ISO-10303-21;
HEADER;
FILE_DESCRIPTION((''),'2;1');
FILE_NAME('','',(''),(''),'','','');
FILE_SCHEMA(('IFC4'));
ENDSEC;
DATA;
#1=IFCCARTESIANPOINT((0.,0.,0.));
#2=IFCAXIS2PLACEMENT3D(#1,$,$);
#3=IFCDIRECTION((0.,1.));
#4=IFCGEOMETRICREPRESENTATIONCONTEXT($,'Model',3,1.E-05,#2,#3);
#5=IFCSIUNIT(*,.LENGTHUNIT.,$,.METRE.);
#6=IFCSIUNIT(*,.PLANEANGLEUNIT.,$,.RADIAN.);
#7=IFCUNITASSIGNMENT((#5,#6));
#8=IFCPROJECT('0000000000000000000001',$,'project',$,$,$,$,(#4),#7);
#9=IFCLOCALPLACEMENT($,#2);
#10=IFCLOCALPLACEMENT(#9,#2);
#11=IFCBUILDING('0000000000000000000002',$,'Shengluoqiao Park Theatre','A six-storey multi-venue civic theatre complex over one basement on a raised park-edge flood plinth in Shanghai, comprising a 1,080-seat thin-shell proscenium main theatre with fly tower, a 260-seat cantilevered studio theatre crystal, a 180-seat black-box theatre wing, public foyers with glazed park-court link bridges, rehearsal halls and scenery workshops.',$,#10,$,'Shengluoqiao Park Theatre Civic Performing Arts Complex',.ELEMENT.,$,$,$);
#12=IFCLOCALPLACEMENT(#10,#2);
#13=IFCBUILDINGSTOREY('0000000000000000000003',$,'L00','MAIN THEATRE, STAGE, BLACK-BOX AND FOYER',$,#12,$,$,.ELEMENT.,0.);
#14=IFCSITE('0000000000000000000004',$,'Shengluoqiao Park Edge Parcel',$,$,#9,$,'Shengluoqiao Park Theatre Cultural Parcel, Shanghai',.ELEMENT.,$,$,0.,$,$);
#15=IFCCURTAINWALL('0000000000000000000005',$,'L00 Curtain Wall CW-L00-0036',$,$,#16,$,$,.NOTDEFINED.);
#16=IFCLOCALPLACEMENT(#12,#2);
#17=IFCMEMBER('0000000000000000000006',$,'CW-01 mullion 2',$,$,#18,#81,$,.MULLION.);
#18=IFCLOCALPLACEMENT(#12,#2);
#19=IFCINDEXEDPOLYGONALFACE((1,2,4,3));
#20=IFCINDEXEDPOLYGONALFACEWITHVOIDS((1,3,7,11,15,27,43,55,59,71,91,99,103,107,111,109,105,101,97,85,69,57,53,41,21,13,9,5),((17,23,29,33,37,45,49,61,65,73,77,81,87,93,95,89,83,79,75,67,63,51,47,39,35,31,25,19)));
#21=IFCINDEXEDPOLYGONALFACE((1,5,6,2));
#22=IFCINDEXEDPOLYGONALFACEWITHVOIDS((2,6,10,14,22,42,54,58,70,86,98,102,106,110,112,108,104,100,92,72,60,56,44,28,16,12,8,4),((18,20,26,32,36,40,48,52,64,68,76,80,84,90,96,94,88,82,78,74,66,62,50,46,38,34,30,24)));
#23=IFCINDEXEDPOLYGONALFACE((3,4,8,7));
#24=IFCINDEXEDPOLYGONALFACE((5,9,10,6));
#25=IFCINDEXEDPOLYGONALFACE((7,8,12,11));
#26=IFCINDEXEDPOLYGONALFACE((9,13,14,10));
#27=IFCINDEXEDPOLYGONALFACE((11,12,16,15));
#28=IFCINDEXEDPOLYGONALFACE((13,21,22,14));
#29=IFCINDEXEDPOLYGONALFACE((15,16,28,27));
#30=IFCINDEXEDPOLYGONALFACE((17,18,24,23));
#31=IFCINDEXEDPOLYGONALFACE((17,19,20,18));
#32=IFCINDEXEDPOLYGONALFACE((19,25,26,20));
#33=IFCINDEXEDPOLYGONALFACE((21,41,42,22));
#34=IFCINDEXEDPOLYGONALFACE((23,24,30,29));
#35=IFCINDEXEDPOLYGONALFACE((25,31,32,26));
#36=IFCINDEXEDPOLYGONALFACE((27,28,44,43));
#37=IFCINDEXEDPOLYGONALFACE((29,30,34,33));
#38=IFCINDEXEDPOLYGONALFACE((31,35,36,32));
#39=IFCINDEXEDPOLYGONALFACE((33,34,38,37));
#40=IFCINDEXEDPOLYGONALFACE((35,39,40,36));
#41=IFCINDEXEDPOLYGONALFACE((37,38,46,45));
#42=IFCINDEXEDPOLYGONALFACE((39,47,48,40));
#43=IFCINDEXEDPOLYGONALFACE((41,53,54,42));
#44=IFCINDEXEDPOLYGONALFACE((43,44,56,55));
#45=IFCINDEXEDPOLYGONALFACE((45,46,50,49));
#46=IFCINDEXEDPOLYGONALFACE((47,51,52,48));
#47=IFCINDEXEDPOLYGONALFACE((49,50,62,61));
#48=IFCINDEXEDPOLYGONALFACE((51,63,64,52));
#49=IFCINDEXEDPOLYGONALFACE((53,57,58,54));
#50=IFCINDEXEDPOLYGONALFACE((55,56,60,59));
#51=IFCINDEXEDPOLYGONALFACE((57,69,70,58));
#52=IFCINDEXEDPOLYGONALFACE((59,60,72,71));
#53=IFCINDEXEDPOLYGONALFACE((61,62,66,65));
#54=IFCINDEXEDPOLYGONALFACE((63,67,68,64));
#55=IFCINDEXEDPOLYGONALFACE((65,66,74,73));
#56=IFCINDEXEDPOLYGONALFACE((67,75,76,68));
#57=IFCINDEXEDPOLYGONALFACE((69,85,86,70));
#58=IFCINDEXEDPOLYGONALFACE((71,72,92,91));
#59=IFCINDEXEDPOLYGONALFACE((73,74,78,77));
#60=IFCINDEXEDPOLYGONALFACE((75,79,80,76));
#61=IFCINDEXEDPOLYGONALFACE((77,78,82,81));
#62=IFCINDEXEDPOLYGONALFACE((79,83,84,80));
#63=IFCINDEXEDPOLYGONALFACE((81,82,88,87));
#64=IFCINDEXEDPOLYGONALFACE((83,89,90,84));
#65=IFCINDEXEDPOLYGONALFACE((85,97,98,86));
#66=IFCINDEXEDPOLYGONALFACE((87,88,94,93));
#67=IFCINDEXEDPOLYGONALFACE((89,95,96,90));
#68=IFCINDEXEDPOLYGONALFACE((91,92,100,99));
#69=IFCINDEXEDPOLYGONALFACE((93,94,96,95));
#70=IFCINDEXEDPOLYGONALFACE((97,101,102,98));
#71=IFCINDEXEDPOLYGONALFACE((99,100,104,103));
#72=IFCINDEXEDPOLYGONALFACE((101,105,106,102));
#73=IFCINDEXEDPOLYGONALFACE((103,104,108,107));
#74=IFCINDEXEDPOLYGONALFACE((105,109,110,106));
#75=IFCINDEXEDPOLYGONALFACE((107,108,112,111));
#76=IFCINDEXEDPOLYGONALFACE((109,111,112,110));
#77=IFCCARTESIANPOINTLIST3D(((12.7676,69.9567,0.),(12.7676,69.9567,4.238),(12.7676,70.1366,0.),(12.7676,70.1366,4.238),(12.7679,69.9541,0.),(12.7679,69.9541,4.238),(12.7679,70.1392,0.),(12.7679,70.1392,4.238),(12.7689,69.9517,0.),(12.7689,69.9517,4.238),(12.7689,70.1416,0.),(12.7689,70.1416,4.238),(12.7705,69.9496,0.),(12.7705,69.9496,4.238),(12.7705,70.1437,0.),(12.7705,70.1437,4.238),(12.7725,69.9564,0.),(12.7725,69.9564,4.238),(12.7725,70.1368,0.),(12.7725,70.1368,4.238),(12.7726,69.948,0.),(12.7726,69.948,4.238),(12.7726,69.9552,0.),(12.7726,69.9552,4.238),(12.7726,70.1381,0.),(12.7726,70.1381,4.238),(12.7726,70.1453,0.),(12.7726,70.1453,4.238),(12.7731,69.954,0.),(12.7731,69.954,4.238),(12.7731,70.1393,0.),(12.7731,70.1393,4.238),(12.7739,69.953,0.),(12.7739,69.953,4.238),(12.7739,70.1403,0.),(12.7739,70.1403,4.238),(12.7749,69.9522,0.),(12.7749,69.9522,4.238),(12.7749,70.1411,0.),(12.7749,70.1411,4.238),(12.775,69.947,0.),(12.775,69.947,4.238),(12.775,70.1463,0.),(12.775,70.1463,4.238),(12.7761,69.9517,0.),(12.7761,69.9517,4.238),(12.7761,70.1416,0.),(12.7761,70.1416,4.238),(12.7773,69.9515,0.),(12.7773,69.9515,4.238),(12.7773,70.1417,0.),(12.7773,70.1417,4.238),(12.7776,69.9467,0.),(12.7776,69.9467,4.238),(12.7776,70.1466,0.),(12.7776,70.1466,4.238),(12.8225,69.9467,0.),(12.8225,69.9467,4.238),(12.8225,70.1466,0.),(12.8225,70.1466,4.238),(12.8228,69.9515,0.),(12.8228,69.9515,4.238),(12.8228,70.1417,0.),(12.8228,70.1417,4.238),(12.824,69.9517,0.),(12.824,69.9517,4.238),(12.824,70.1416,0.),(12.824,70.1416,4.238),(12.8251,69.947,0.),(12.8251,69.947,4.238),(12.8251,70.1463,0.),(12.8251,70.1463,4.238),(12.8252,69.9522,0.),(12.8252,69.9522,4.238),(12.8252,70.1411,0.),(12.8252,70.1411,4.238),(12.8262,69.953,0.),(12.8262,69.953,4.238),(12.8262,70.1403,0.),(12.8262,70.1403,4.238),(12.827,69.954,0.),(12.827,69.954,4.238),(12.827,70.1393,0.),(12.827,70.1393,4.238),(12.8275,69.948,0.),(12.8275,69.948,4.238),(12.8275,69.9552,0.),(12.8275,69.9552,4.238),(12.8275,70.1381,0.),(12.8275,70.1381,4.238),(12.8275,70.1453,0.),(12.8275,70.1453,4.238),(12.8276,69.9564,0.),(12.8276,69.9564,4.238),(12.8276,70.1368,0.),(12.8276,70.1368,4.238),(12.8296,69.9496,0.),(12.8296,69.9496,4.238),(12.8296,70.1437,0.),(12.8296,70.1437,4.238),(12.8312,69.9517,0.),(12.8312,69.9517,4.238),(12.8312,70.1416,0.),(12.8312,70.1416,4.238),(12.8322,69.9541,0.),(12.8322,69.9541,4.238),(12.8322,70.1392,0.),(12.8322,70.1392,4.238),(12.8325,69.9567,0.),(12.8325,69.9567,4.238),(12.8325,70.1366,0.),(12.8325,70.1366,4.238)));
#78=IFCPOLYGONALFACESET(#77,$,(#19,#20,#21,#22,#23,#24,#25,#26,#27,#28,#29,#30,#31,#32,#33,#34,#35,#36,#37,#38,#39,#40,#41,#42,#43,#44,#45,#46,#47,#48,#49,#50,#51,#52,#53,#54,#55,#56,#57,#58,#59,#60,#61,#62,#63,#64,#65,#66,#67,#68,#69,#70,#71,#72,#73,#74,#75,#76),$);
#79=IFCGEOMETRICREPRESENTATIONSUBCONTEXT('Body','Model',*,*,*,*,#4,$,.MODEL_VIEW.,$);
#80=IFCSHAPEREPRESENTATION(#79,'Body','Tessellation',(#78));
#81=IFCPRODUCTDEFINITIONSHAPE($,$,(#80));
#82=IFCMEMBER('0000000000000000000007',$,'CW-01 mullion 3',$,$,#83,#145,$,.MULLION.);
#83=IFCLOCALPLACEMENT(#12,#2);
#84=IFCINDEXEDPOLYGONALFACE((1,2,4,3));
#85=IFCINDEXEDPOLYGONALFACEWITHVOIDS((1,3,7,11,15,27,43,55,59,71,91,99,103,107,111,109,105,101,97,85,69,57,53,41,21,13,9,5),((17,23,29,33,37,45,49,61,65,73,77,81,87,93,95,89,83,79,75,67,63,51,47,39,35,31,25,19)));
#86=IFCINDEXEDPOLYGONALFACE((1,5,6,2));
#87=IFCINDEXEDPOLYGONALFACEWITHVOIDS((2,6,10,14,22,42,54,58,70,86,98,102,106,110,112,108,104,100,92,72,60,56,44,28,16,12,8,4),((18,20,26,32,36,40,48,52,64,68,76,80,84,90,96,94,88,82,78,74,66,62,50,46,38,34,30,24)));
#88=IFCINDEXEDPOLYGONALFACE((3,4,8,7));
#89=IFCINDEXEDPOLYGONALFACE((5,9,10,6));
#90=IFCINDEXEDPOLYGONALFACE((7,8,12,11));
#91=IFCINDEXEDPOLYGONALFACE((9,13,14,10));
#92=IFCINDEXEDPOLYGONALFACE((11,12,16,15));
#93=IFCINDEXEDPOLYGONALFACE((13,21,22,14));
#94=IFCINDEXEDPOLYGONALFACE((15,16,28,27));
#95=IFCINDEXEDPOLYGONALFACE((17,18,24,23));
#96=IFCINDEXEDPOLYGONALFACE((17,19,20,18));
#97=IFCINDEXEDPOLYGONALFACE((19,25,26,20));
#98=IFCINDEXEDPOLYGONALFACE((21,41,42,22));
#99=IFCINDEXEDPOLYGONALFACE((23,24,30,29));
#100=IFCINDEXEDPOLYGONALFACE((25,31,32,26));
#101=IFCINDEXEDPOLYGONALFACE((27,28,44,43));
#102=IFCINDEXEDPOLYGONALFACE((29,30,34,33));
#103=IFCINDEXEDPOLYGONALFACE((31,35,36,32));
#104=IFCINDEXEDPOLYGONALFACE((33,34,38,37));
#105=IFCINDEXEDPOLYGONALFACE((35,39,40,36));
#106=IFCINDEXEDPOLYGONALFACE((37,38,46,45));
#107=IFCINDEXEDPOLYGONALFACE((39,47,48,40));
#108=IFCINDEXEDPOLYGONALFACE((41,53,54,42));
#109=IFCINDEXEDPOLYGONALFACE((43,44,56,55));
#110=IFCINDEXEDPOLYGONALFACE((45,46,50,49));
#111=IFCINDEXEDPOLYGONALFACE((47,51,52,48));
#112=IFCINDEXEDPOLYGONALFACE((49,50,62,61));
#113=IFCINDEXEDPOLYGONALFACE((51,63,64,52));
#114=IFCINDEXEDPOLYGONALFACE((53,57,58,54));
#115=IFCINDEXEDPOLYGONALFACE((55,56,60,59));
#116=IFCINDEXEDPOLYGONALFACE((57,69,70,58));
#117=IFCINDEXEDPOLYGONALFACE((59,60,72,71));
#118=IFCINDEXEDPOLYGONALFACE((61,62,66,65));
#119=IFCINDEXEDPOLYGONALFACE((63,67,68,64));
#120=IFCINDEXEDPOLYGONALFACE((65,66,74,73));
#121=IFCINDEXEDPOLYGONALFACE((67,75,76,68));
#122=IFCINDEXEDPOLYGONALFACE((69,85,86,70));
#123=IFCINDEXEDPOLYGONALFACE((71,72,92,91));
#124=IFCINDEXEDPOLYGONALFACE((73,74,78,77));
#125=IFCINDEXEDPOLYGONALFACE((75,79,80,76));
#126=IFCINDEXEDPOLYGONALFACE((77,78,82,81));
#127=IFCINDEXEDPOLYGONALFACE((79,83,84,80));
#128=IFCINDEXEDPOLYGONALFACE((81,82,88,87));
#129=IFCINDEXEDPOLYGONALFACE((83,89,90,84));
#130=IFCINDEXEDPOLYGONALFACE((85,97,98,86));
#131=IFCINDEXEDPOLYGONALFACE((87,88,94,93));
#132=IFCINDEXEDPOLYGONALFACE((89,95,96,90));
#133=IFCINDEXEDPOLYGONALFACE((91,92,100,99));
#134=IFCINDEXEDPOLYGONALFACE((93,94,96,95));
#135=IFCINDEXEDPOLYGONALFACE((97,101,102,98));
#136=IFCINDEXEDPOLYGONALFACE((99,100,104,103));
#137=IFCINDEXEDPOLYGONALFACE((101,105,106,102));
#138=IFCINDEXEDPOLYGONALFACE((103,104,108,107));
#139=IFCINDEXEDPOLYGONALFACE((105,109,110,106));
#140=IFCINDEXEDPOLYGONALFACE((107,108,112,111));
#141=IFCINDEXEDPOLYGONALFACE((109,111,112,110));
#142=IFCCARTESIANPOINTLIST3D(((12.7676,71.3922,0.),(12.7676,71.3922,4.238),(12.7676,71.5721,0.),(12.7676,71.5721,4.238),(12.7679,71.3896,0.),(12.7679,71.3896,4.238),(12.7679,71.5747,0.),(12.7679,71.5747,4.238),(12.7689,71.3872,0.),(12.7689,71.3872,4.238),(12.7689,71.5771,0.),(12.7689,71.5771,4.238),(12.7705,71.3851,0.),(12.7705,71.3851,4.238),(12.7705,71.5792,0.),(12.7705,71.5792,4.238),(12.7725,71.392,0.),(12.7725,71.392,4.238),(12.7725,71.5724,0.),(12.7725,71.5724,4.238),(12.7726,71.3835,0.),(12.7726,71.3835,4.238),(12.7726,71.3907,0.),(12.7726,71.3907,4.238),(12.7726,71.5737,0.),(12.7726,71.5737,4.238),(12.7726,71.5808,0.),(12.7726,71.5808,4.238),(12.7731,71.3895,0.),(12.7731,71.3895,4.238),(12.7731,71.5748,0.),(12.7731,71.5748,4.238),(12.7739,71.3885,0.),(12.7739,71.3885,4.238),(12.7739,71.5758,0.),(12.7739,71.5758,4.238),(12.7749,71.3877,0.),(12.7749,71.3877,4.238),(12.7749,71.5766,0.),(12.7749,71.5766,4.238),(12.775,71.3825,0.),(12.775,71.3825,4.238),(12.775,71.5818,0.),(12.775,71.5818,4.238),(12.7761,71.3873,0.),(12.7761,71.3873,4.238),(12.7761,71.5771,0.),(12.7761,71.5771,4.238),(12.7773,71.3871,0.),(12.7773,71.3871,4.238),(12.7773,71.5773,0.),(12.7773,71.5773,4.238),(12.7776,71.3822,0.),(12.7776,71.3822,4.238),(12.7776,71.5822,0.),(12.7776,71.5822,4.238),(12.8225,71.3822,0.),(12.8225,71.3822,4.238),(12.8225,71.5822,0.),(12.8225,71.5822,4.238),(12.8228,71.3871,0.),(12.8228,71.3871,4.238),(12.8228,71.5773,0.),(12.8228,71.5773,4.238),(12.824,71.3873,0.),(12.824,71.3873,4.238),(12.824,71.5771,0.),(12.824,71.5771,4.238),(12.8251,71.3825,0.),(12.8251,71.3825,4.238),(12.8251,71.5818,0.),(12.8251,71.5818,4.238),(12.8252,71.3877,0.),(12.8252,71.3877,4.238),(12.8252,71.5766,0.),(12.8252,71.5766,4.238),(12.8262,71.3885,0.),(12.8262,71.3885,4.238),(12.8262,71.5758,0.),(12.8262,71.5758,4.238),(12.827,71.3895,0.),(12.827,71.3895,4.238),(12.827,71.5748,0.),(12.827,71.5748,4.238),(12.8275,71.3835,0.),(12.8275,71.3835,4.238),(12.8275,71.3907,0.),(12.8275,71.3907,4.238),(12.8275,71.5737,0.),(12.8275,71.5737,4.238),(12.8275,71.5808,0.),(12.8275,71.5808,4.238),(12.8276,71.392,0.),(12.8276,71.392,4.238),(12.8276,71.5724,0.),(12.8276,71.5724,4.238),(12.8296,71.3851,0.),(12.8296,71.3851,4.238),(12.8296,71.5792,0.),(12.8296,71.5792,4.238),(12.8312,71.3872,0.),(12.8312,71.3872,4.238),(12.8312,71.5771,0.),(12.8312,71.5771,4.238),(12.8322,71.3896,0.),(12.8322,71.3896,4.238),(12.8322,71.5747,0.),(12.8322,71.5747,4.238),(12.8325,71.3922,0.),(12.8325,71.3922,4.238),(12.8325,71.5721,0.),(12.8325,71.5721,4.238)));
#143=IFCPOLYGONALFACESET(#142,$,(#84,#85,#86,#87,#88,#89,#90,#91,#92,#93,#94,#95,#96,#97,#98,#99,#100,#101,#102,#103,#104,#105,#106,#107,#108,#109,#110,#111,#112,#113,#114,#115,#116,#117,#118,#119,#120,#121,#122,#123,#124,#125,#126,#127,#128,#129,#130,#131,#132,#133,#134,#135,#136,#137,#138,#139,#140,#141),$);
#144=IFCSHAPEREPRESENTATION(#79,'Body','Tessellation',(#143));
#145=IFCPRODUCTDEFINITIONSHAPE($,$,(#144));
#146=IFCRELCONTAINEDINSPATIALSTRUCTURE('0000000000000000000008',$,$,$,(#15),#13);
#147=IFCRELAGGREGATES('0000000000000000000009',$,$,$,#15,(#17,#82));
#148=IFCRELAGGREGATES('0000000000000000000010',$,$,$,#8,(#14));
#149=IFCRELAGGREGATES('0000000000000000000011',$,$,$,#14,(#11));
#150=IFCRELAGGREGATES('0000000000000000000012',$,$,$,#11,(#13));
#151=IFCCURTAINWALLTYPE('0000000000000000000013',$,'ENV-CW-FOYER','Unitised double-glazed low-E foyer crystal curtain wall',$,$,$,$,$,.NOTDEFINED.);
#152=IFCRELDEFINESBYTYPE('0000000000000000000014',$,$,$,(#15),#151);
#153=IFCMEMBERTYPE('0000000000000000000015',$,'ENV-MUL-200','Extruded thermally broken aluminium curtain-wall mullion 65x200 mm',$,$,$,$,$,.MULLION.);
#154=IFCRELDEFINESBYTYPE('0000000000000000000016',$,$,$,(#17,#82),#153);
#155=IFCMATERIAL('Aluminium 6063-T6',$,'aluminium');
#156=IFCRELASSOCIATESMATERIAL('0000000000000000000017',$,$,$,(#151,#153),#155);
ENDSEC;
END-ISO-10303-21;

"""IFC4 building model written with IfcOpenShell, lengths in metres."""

from ifc_helpers import new_model, si_unit, direction, frame, origin, origin_2d, place, context, subcontext, project, spatial, hollow_rectangle, extrude, material, material_profile, profile_set, type_object, element, aggregate, save


model = new_model("IFC4")

# Units and contexts
model_context = context("Model", 3, precision=1e-05, world=origin(), true_north=direction((0.0, 1.0)))
body_context = subcontext(model_context, "Body", "Model", "MODEL_VIEW")
ifc_project = project(units=[si_unit("LENGTHUNIT", "METRE"), si_unit("PLANEANGLEUNIT", "RADIAN")], contexts=[model_context])

# Site, building, storey
site_placement = place(None, origin())
site = spatial("IfcSite", under=ifc_project, at=site_placement, Name="Shengluoqiao Park Edge Parcel", LongName="Shengluoqiao Park Theatre Cultural Parcel, Shanghai", CompositionType="ELEMENT", RefElevation=0.0)
building_placement = place(site_placement, origin())
building = spatial("IfcBuilding", under=site, at=building_placement, Name="Shengluoqiao Park Theatre", Description="A six-storey multi-venue civic theatre complex over one basement on a raised park-edge flood plinth in Shanghai, comprising a 1,080-seat thin-shell proscenium main theatre with fly tower, a 260-seat cantilevered studio theatre crystal, a 180-seat black-box theatre wing, public foyers with glazed park-court link bridges, rehearsal halls and scenery workshops.", LongName="Shengluoqiao Park Theatre Civic Performing Arts Complex", CompositionType="ELEMENT")
storey_placement = place(building_placement, origin())
storey = spatial("IfcBuildingStorey", under=building, at=storey_placement, Name="L00", Description="MAIN THEATRE, STAGE, BLACK-BOX AND FOYER", CompositionType="ELEMENT", Elevation=0.0)

# Curtain wall, members
ifc_material_1 = material(Name="Aluminium 6063-T6", Category="aluminium")
curtain_wall_type = type_object("IfcCurtainWallType", Name="ENV-CW-FOYER", Description="Unitised double-glazed low-E foyer crystal curtain wall", PredefinedType="NOTDEFINED", material=ifc_material_1)
curtain_wall_placement = place(storey_placement, origin())
curtain_wall = element("IfcCurtainWall", 1, at=curtain_wall_placement, inside=storey, type_object=curtain_wall_type, Name="L00 Curtain Wall CW-L00-0036", PredefinedType="NOTDEFINED")
ifc_material_profile_1 = material_profile(ifc_material_1, hollow_rectangle(XDim=0.0649, YDim=0.2, WallThickness=0.0049, InnerFilletRadius=0.0049, OuterFilletRadius=0.01, at=origin_2d()), Name="ALU MULLION 200x65x5")
ifc_profile_set_1 = profile_set([ifc_material_profile_1], Name="Aluminium 6063-T6")
member_type_1 = type_object("IfcMemberType", Name="ENV-MUL-200", Description="Extruded thermally broken aluminium curtain-wall mullion 65x200 mm", PredefinedType="MULLION", material=ifc_profile_set_1)
member_1_placement = place(storey_placement, frame((12.8, 70.0466, 0.0), z_axis=(0.0, 0.0, 1.0), x_axis=(-1.0, 0.0, 0.0)))
member_1 = element("IfcMember", 2, at=member_1_placement, type_object=member_type_1, Name="CW-01 mullion 2", PredefinedType="MULLION", context=body_context, shape_type="SweptSolid", body=[
    extrude(hollow_rectangle(XDim=0.0649, YDim=0.2, WallThickness=0.0049, InnerFilletRadius=0.0049, OuterFilletRadius=0.01, at=origin_2d()), origin(), (0.0, 0.0, 1.0), 4.238),
])
member_2_placement = place(storey_placement, frame((12.8, 71.4822, 0.0), z_axis=(0.0, 0.0, 1.0), x_axis=(-1.0, 0.0, 0.0)))
member_2 = element("IfcMember", 3, at=member_2_placement, type_object=member_type_1, Name="CW-01 mullion 3", PredefinedType="MULLION", context=body_context, shape_type="SweptSolid", body=[
    extrude(hollow_rectangle(XDim=0.0649, YDim=0.2, WallThickness=0.0049, InnerFilletRadius=0.0049, OuterFilletRadius=0.01, at=origin_2d()), origin(), (0.0, 0.0, 1.0), 4.238),
])

aggregate(curtain_wall, [member_1, member_2])

save(model, "model.ifc")
